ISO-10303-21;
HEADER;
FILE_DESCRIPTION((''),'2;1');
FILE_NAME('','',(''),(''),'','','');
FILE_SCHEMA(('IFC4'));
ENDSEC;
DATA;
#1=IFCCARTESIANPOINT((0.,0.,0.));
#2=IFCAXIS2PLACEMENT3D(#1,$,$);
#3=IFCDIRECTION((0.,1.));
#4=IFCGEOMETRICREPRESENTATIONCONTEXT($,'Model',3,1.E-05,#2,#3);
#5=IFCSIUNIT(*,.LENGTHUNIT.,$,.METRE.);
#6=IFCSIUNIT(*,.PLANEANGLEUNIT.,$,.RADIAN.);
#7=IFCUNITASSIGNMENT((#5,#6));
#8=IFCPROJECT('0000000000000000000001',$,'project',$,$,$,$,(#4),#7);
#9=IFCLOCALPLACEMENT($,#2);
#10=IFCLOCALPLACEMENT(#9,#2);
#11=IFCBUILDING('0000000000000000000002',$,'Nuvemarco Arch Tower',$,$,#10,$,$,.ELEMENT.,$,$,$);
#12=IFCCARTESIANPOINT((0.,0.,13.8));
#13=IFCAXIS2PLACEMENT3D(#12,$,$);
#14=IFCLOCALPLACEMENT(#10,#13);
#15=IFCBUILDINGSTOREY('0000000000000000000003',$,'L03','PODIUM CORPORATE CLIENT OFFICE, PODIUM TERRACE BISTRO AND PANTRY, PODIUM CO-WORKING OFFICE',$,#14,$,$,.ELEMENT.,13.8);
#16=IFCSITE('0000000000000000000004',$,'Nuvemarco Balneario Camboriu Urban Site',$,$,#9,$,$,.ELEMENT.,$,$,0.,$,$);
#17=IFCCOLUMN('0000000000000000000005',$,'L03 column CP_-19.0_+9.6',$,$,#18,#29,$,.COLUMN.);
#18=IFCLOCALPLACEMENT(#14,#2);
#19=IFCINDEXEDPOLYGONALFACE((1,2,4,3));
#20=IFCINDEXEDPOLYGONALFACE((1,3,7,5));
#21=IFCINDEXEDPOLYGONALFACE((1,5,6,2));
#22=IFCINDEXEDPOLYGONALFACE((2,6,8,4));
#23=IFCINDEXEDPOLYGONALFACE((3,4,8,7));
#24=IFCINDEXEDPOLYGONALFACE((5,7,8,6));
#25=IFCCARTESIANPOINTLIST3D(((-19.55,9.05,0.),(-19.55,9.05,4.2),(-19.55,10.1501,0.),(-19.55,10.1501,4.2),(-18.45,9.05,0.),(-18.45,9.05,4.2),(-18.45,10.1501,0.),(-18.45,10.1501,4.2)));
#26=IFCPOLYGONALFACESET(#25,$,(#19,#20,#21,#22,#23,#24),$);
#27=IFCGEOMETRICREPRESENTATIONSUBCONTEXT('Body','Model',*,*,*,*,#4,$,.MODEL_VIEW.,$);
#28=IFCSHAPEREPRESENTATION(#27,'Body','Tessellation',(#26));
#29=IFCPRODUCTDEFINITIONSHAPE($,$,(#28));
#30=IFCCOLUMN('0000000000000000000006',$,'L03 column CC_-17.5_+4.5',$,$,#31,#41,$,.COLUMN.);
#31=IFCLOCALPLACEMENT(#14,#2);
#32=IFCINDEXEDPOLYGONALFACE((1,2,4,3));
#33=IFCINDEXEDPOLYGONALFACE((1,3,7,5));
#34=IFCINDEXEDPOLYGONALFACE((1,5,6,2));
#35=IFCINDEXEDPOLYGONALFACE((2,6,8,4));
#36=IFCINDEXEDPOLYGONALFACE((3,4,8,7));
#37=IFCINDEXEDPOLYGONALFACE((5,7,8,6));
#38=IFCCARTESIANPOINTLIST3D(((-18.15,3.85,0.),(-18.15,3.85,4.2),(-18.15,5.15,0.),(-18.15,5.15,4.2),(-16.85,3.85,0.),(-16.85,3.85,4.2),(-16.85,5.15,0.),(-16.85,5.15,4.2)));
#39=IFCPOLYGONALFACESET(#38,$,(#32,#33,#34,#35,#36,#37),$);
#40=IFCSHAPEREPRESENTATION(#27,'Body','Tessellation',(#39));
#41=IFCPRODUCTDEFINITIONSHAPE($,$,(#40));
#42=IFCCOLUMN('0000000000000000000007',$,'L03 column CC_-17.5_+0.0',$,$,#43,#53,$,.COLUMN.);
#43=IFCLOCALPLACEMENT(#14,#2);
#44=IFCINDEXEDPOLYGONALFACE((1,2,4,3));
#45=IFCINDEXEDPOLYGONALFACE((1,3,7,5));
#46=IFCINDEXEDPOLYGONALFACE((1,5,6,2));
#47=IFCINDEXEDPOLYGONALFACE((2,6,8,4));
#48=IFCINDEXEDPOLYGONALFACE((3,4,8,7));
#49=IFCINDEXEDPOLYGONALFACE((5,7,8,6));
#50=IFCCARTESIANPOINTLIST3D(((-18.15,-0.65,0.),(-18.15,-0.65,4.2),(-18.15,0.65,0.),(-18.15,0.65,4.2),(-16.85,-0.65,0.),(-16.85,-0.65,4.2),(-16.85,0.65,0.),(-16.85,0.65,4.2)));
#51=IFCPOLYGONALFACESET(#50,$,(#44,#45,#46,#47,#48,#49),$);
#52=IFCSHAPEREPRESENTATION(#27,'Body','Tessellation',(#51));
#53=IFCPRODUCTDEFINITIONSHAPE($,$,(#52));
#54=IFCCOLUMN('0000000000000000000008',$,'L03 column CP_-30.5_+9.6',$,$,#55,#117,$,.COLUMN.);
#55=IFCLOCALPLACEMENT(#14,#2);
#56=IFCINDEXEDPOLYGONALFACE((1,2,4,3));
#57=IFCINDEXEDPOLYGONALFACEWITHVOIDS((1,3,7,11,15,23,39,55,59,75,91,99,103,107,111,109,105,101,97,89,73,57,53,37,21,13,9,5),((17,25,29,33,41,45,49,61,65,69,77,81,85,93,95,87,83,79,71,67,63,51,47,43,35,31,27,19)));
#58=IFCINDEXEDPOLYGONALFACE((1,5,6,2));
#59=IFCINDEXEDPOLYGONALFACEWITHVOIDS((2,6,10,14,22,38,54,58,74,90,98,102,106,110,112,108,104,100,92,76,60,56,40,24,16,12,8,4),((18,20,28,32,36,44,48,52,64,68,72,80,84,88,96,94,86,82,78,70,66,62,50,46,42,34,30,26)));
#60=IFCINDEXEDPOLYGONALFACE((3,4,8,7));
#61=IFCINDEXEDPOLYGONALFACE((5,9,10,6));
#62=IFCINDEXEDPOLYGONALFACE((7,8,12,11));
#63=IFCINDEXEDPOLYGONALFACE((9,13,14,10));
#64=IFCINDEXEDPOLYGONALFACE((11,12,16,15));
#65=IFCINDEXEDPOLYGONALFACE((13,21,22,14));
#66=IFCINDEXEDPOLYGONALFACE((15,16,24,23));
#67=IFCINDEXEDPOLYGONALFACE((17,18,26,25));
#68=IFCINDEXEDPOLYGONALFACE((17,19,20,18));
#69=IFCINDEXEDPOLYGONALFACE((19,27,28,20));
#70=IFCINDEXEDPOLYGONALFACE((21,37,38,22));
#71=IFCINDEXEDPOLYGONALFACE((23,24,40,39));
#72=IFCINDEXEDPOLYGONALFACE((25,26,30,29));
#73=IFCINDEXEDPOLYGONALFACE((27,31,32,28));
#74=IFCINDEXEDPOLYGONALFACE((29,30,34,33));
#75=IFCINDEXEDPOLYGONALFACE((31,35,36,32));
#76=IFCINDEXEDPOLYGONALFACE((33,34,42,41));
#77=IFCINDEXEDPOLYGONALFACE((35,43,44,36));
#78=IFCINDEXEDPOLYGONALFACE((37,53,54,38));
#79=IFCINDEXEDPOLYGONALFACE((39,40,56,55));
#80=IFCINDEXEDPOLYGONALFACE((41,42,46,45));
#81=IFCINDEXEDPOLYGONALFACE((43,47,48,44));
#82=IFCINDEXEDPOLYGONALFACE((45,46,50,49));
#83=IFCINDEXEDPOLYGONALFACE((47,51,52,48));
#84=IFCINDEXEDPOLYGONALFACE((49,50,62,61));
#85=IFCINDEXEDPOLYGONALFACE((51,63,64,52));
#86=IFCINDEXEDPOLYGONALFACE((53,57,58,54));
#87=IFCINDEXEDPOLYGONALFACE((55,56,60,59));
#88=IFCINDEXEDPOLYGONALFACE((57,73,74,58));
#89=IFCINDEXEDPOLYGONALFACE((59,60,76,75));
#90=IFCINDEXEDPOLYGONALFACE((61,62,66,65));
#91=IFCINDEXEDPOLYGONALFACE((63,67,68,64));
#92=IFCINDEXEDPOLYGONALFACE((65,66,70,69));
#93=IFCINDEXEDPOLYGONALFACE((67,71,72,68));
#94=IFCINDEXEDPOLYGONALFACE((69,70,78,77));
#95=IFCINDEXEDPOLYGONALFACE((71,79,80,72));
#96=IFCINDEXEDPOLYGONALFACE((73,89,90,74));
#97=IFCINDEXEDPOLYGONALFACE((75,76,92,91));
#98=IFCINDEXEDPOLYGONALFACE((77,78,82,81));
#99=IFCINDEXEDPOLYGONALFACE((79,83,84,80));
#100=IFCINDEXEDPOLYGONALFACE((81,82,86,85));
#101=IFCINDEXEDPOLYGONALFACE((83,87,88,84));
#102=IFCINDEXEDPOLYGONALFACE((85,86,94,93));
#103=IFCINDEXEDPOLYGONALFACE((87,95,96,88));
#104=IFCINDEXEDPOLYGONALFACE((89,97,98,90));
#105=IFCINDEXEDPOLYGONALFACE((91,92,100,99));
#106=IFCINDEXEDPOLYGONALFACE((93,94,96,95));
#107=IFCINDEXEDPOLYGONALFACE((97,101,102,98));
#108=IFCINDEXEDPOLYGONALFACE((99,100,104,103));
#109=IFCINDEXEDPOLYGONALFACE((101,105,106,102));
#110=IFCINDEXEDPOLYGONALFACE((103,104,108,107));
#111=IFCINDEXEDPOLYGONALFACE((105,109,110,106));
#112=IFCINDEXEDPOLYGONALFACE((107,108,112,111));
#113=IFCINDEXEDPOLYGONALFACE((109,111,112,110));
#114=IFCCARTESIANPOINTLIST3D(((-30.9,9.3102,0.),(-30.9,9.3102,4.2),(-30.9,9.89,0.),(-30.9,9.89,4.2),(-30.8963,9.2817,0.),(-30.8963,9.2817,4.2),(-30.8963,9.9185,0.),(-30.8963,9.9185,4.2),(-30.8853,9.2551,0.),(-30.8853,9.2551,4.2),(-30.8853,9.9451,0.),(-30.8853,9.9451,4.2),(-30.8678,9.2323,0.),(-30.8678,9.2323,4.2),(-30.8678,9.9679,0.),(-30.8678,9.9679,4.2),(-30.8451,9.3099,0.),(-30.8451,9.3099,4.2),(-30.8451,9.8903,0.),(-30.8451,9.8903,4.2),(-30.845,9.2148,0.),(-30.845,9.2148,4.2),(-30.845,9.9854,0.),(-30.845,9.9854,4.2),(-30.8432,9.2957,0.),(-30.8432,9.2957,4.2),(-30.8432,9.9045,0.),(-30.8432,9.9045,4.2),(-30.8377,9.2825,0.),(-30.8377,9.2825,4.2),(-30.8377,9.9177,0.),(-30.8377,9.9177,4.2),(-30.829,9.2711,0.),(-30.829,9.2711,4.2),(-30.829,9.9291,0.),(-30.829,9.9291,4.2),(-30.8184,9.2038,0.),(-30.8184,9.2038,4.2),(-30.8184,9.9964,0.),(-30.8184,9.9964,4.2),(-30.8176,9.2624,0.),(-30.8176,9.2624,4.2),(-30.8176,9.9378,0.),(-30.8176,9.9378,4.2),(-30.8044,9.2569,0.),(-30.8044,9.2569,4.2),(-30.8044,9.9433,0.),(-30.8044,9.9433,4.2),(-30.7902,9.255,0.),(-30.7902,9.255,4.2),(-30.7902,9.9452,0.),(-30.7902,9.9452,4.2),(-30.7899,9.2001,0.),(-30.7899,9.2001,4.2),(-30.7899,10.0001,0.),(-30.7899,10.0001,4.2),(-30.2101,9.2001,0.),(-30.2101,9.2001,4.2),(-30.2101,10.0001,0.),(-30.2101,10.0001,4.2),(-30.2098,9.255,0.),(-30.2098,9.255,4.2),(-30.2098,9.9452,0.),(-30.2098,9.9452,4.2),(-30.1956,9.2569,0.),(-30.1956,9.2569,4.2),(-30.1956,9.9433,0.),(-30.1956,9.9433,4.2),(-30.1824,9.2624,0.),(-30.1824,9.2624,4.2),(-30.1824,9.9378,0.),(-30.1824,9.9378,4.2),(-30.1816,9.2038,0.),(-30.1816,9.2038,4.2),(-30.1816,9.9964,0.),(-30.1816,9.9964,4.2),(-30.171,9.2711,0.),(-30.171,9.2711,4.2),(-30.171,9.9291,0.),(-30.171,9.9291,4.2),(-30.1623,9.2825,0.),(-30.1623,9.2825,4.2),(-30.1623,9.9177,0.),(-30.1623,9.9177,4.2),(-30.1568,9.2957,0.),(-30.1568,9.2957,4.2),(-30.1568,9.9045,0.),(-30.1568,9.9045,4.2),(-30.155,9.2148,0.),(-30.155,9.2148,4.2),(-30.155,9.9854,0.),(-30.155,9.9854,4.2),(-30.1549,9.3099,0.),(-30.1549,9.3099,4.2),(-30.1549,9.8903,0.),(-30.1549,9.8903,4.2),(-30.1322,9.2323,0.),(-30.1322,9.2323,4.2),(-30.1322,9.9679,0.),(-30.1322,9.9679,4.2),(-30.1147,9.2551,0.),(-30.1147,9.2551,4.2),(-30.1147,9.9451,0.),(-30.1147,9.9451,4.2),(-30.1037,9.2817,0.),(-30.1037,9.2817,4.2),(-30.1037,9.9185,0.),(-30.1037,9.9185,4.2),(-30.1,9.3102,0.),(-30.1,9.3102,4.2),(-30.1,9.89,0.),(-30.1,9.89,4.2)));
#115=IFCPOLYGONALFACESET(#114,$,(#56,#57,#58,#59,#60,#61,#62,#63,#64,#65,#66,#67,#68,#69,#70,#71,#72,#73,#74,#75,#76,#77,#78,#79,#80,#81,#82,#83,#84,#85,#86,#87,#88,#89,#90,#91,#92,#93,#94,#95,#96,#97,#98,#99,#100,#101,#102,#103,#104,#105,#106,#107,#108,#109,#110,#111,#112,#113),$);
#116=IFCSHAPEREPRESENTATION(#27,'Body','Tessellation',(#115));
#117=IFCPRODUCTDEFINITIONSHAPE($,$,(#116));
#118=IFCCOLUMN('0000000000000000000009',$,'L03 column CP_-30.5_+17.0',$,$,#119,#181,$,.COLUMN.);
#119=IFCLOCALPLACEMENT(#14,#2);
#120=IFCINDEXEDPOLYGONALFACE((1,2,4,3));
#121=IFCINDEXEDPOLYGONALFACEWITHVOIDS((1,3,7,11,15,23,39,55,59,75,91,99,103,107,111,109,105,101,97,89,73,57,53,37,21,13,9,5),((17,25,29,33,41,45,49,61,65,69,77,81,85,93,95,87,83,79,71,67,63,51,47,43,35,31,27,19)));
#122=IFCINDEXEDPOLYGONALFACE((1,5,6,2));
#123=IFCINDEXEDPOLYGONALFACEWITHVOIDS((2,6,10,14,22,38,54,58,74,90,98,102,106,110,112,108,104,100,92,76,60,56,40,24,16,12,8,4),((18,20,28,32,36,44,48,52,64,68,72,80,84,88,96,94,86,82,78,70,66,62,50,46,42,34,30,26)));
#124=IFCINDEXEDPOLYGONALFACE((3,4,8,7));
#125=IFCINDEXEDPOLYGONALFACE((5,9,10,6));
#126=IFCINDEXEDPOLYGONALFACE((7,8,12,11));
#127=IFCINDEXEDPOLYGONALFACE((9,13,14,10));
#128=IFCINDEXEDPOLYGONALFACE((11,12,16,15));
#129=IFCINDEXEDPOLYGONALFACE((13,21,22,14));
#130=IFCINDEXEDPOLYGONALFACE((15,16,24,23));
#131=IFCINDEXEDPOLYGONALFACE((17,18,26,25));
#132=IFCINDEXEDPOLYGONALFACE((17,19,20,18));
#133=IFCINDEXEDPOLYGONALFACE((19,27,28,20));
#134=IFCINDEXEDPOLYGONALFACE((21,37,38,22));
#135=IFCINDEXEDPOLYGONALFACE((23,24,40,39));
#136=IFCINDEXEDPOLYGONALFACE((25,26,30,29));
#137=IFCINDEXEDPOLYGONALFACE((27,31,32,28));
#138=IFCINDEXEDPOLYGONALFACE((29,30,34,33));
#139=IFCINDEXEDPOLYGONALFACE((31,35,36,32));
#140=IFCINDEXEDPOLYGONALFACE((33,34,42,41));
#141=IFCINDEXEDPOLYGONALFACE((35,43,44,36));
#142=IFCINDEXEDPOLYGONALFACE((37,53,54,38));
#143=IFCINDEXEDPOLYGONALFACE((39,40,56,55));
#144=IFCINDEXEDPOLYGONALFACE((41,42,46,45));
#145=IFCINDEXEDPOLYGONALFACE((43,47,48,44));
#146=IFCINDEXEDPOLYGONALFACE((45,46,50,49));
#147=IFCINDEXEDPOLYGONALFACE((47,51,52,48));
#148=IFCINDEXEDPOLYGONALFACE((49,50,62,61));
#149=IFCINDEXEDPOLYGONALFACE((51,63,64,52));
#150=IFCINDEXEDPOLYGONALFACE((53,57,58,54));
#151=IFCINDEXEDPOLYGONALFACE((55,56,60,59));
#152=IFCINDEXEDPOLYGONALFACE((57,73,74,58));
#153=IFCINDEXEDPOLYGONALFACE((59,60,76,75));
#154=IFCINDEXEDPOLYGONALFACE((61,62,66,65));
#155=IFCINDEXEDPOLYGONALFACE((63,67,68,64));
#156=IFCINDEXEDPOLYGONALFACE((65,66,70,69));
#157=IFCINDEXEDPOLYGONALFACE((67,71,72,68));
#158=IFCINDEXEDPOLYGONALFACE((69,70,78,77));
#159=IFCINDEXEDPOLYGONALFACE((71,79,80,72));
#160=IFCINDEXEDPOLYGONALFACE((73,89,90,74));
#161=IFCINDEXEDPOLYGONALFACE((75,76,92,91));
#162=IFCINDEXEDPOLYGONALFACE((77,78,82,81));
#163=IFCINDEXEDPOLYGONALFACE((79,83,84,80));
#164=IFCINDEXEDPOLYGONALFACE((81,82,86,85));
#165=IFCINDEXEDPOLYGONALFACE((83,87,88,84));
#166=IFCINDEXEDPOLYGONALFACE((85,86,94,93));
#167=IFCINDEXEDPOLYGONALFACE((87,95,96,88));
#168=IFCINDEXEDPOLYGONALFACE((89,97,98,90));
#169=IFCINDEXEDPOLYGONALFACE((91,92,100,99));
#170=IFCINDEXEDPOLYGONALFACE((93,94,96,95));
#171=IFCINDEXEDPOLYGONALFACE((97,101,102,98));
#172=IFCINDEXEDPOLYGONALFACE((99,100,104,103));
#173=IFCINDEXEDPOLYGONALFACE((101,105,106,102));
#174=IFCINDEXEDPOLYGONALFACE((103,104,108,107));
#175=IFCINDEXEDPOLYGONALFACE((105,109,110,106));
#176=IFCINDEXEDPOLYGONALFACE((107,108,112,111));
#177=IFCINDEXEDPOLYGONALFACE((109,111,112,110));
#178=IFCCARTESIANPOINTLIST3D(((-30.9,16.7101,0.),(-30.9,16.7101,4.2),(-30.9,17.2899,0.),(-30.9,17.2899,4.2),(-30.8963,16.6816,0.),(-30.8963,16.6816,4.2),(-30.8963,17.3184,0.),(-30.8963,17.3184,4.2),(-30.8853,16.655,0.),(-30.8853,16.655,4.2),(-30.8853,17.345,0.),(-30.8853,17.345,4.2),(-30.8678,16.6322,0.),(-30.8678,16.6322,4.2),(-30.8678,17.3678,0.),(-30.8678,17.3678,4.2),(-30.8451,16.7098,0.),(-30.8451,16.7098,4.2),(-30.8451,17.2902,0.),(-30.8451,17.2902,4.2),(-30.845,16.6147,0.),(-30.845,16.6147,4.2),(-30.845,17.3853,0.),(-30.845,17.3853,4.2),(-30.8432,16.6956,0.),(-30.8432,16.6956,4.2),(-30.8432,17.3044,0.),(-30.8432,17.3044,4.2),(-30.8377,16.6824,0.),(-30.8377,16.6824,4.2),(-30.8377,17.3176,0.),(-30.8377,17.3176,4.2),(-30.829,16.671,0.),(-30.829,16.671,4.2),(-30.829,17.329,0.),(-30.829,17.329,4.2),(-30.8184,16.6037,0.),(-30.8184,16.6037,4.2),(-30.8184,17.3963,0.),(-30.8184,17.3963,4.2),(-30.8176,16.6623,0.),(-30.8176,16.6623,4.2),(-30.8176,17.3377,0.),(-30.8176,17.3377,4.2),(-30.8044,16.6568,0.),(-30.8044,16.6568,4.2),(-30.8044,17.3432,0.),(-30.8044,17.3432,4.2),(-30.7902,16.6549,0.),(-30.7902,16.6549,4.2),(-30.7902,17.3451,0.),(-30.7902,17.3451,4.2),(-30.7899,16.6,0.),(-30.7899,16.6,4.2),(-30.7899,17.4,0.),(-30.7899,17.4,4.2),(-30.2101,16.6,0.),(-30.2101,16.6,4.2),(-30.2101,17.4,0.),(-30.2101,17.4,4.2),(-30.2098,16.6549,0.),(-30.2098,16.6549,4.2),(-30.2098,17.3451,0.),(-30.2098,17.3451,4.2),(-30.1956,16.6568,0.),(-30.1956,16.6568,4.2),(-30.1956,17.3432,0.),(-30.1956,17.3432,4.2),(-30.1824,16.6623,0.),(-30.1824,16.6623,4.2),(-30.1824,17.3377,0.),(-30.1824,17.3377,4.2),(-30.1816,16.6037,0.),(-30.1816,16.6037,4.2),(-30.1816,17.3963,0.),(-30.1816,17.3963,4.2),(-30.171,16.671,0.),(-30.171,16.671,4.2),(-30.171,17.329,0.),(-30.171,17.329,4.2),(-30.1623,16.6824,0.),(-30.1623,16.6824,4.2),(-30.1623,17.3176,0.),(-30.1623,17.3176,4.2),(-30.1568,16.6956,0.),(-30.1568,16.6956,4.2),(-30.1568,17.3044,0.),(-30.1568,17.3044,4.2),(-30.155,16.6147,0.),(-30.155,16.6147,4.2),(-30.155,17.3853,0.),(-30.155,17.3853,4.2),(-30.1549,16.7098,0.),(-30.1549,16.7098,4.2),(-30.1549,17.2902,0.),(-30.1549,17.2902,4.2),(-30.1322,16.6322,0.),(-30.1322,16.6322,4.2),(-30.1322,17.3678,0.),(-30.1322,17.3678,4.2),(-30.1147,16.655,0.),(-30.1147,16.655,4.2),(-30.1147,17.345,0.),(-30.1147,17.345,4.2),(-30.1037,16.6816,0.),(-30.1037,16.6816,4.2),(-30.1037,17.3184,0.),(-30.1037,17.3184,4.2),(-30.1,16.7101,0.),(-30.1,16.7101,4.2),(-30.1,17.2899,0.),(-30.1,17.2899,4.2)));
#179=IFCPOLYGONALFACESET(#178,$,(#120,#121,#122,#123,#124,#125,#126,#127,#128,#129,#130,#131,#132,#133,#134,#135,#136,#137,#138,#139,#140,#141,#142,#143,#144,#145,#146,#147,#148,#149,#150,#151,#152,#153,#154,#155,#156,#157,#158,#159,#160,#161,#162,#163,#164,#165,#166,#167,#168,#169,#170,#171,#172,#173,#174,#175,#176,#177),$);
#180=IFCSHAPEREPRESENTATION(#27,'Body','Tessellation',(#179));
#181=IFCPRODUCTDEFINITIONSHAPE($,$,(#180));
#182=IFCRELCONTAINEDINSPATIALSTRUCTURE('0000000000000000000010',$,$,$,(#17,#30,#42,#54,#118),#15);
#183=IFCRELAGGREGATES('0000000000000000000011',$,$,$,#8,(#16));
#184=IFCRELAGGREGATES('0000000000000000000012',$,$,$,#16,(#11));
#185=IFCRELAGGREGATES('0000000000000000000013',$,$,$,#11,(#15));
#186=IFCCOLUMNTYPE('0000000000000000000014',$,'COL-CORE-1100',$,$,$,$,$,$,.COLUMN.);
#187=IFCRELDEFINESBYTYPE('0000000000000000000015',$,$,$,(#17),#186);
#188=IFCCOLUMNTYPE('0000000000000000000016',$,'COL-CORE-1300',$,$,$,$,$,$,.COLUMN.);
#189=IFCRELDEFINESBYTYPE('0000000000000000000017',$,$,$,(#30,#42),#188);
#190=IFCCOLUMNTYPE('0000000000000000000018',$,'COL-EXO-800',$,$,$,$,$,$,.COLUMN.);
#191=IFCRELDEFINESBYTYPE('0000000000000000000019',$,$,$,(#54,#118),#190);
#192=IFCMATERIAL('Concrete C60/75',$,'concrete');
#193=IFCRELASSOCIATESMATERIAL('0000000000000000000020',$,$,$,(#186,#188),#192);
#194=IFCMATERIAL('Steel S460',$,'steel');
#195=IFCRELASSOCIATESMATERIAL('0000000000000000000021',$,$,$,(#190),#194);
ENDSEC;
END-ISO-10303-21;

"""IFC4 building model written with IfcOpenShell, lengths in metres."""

from ifc_helpers import new_model, si_unit, direction, frame, origin, origin_2d, place, context, subcontext, project, spatial, rectangle, hollow_rectangle, extrude, material, material_profile, profile_set, type_object, element, save


model = new_model("IFC4")

# Units and contexts
model_context = context("Model", 3, precision=1e-05, world=origin(), true_north=direction((0.0, 1.0)))
body_context = subcontext(model_context, "Body", "Model", "MODEL_VIEW")
ifc_project = project(units=[si_unit("LENGTHUNIT", "METRE"), si_unit("PLANEANGLEUNIT", "RADIAN")], contexts=[model_context])

# Site, building, storey
site_placement = place(None, origin())
site = spatial("IfcSite", under=ifc_project, at=site_placement, Name="Nuvemarco Balneario Camboriu Urban Site", CompositionType="ELEMENT", RefElevation=0.0)
building_placement = place(site_placement, origin())
building = spatial("IfcBuilding", under=site, at=building_placement, Name="Nuvemarco Arch Tower", CompositionType="ELEMENT")
storey_placement = place(building_placement, frame((0.0, 0.0, 13.8)))
storey = spatial("IfcBuildingStorey", under=building, at=storey_placement, Name="L03", Description="PODIUM CORPORATE CLIENT OFFICE, PODIUM TERRACE BISTRO AND PANTRY, PODIUM CO-WORKING OFFICE", CompositionType="ELEMENT", Elevation=13.8)

# Columns
ifc_material_1 = material(Name="Concrete C60/75", Category="concrete")
ifc_material_profile_1 = material_profile(ifc_material_1, rectangle(XDim=1.1001, YDim=1.1001, at=origin_2d()), Name="RC-COL-1100x1100")
ifc_profile_set_1 = profile_set([ifc_material_profile_1], Name="Concrete C60/75")
column_type_1 = type_object("IfcColumnType", Name="COL-CORE-1100", PredefinedType="COLUMN", material=ifc_profile_set_1)
column_placement = place(storey_placement, frame((-19.0, 9.6001, 0.0), z_axis=(0.0, 0.0, 1.0), x_axis=(1.0, 0.0, 0.0)))
element("IfcColumn", 1, at=column_placement, inside=storey, type_object=column_type_1, Name="L03 column CP_-19.0_+9.6", PredefinedType="COLUMN", context=body_context, shape_type="SweptSolid", body=[
    extrude(rectangle(XDim=1.1001, YDim=1.1001, at=origin_2d()), origin(), (0.0, 0.0, 1.0), 4.2),
])
ifc_material_profile_2 = material_profile(ifc_material_1, rectangle(XDim=1.3, YDim=1.3, at=origin_2d()), Name="RC-COL-1300x1300")
ifc_profile_set_2 = profile_set([ifc_material_profile_2], Name="Concrete C60/75")
column_type_2 = type_object("IfcColumnType", Name="COL-CORE-1300", PredefinedType="COLUMN", material=ifc_profile_set_2)
for number, where, z_axis, x_axis, name in (
    (2, (-17.5, 4.5, 0.0), (0.0, 0.0, 1.0), (1.0, 0.0, 0.0), "L03 column CC_-17.5_+4.5"),
    (3, (-17.5, 0.0, 0.0), (0.0, 0.0, 1.0), (1.0, 0.0, 0.0), "L03 column CC_-17.5_+0.0"),
):
    element("IfcColumn", number, at=place(storey_placement, frame(where, z_axis=z_axis, x_axis=x_axis)), inside=storey, type_object=column_type_2, Name=name, PredefinedType="COLUMN", context=body_context, shape_type="SweptSolid", body=[
        extrude(rectangle(XDim=1.3, YDim=1.3, at=origin_2d()), origin(), (0.0, 0.0, 1.0), 4.2),
    ])
ifc_material_2 = material(Name="Steel S460", Category="steel")
ifc_material_profile_3 = material_profile(ifc_material_2, hollow_rectangle(XDim=0.8, YDim=0.8, WallThickness=0.0549, InnerFilletRadius=0.0549, OuterFilletRadius=0.1101, at=origin_2d()), Name="SHS800x800x55")
ifc_profile_set_3 = profile_set([ifc_material_profile_3], Name="Steel S460")
column_type_3 = type_object("IfcColumnType", Name="COL-EXO-800", PredefinedType="COLUMN", material=ifc_profile_set_3)
for number, where, z_axis, x_axis, name in (
    (4, (-30.5, 9.6001, 0.0), (0.0, 0.0, 1.0), (1.0, 0.0, 0.0), "L03 column CP_-30.5_+9.6"),
    (5, (-30.5, 17.0, 0.0), (0.0, 0.0, 1.0), (1.0, 0.0, 0.0), "L03 column CP_-30.5_+17.0"),
):
    element("IfcColumn", number, at=place(storey_placement, frame(where, z_axis=z_axis, x_axis=x_axis)), inside=storey, type_object=column_type_3, Name=name, PredefinedType="COLUMN", context=body_context, shape_type="SweptSolid", body=[
        extrude(hollow_rectangle(XDim=0.8, YDim=0.8, WallThickness=0.0549, InnerFilletRadius=0.0549, OuterFilletRadius=0.1101, at=origin_2d()), origin(), (0.0, 0.0, 1.0), 4.2),
    ])

save(model, "model.ifc")
